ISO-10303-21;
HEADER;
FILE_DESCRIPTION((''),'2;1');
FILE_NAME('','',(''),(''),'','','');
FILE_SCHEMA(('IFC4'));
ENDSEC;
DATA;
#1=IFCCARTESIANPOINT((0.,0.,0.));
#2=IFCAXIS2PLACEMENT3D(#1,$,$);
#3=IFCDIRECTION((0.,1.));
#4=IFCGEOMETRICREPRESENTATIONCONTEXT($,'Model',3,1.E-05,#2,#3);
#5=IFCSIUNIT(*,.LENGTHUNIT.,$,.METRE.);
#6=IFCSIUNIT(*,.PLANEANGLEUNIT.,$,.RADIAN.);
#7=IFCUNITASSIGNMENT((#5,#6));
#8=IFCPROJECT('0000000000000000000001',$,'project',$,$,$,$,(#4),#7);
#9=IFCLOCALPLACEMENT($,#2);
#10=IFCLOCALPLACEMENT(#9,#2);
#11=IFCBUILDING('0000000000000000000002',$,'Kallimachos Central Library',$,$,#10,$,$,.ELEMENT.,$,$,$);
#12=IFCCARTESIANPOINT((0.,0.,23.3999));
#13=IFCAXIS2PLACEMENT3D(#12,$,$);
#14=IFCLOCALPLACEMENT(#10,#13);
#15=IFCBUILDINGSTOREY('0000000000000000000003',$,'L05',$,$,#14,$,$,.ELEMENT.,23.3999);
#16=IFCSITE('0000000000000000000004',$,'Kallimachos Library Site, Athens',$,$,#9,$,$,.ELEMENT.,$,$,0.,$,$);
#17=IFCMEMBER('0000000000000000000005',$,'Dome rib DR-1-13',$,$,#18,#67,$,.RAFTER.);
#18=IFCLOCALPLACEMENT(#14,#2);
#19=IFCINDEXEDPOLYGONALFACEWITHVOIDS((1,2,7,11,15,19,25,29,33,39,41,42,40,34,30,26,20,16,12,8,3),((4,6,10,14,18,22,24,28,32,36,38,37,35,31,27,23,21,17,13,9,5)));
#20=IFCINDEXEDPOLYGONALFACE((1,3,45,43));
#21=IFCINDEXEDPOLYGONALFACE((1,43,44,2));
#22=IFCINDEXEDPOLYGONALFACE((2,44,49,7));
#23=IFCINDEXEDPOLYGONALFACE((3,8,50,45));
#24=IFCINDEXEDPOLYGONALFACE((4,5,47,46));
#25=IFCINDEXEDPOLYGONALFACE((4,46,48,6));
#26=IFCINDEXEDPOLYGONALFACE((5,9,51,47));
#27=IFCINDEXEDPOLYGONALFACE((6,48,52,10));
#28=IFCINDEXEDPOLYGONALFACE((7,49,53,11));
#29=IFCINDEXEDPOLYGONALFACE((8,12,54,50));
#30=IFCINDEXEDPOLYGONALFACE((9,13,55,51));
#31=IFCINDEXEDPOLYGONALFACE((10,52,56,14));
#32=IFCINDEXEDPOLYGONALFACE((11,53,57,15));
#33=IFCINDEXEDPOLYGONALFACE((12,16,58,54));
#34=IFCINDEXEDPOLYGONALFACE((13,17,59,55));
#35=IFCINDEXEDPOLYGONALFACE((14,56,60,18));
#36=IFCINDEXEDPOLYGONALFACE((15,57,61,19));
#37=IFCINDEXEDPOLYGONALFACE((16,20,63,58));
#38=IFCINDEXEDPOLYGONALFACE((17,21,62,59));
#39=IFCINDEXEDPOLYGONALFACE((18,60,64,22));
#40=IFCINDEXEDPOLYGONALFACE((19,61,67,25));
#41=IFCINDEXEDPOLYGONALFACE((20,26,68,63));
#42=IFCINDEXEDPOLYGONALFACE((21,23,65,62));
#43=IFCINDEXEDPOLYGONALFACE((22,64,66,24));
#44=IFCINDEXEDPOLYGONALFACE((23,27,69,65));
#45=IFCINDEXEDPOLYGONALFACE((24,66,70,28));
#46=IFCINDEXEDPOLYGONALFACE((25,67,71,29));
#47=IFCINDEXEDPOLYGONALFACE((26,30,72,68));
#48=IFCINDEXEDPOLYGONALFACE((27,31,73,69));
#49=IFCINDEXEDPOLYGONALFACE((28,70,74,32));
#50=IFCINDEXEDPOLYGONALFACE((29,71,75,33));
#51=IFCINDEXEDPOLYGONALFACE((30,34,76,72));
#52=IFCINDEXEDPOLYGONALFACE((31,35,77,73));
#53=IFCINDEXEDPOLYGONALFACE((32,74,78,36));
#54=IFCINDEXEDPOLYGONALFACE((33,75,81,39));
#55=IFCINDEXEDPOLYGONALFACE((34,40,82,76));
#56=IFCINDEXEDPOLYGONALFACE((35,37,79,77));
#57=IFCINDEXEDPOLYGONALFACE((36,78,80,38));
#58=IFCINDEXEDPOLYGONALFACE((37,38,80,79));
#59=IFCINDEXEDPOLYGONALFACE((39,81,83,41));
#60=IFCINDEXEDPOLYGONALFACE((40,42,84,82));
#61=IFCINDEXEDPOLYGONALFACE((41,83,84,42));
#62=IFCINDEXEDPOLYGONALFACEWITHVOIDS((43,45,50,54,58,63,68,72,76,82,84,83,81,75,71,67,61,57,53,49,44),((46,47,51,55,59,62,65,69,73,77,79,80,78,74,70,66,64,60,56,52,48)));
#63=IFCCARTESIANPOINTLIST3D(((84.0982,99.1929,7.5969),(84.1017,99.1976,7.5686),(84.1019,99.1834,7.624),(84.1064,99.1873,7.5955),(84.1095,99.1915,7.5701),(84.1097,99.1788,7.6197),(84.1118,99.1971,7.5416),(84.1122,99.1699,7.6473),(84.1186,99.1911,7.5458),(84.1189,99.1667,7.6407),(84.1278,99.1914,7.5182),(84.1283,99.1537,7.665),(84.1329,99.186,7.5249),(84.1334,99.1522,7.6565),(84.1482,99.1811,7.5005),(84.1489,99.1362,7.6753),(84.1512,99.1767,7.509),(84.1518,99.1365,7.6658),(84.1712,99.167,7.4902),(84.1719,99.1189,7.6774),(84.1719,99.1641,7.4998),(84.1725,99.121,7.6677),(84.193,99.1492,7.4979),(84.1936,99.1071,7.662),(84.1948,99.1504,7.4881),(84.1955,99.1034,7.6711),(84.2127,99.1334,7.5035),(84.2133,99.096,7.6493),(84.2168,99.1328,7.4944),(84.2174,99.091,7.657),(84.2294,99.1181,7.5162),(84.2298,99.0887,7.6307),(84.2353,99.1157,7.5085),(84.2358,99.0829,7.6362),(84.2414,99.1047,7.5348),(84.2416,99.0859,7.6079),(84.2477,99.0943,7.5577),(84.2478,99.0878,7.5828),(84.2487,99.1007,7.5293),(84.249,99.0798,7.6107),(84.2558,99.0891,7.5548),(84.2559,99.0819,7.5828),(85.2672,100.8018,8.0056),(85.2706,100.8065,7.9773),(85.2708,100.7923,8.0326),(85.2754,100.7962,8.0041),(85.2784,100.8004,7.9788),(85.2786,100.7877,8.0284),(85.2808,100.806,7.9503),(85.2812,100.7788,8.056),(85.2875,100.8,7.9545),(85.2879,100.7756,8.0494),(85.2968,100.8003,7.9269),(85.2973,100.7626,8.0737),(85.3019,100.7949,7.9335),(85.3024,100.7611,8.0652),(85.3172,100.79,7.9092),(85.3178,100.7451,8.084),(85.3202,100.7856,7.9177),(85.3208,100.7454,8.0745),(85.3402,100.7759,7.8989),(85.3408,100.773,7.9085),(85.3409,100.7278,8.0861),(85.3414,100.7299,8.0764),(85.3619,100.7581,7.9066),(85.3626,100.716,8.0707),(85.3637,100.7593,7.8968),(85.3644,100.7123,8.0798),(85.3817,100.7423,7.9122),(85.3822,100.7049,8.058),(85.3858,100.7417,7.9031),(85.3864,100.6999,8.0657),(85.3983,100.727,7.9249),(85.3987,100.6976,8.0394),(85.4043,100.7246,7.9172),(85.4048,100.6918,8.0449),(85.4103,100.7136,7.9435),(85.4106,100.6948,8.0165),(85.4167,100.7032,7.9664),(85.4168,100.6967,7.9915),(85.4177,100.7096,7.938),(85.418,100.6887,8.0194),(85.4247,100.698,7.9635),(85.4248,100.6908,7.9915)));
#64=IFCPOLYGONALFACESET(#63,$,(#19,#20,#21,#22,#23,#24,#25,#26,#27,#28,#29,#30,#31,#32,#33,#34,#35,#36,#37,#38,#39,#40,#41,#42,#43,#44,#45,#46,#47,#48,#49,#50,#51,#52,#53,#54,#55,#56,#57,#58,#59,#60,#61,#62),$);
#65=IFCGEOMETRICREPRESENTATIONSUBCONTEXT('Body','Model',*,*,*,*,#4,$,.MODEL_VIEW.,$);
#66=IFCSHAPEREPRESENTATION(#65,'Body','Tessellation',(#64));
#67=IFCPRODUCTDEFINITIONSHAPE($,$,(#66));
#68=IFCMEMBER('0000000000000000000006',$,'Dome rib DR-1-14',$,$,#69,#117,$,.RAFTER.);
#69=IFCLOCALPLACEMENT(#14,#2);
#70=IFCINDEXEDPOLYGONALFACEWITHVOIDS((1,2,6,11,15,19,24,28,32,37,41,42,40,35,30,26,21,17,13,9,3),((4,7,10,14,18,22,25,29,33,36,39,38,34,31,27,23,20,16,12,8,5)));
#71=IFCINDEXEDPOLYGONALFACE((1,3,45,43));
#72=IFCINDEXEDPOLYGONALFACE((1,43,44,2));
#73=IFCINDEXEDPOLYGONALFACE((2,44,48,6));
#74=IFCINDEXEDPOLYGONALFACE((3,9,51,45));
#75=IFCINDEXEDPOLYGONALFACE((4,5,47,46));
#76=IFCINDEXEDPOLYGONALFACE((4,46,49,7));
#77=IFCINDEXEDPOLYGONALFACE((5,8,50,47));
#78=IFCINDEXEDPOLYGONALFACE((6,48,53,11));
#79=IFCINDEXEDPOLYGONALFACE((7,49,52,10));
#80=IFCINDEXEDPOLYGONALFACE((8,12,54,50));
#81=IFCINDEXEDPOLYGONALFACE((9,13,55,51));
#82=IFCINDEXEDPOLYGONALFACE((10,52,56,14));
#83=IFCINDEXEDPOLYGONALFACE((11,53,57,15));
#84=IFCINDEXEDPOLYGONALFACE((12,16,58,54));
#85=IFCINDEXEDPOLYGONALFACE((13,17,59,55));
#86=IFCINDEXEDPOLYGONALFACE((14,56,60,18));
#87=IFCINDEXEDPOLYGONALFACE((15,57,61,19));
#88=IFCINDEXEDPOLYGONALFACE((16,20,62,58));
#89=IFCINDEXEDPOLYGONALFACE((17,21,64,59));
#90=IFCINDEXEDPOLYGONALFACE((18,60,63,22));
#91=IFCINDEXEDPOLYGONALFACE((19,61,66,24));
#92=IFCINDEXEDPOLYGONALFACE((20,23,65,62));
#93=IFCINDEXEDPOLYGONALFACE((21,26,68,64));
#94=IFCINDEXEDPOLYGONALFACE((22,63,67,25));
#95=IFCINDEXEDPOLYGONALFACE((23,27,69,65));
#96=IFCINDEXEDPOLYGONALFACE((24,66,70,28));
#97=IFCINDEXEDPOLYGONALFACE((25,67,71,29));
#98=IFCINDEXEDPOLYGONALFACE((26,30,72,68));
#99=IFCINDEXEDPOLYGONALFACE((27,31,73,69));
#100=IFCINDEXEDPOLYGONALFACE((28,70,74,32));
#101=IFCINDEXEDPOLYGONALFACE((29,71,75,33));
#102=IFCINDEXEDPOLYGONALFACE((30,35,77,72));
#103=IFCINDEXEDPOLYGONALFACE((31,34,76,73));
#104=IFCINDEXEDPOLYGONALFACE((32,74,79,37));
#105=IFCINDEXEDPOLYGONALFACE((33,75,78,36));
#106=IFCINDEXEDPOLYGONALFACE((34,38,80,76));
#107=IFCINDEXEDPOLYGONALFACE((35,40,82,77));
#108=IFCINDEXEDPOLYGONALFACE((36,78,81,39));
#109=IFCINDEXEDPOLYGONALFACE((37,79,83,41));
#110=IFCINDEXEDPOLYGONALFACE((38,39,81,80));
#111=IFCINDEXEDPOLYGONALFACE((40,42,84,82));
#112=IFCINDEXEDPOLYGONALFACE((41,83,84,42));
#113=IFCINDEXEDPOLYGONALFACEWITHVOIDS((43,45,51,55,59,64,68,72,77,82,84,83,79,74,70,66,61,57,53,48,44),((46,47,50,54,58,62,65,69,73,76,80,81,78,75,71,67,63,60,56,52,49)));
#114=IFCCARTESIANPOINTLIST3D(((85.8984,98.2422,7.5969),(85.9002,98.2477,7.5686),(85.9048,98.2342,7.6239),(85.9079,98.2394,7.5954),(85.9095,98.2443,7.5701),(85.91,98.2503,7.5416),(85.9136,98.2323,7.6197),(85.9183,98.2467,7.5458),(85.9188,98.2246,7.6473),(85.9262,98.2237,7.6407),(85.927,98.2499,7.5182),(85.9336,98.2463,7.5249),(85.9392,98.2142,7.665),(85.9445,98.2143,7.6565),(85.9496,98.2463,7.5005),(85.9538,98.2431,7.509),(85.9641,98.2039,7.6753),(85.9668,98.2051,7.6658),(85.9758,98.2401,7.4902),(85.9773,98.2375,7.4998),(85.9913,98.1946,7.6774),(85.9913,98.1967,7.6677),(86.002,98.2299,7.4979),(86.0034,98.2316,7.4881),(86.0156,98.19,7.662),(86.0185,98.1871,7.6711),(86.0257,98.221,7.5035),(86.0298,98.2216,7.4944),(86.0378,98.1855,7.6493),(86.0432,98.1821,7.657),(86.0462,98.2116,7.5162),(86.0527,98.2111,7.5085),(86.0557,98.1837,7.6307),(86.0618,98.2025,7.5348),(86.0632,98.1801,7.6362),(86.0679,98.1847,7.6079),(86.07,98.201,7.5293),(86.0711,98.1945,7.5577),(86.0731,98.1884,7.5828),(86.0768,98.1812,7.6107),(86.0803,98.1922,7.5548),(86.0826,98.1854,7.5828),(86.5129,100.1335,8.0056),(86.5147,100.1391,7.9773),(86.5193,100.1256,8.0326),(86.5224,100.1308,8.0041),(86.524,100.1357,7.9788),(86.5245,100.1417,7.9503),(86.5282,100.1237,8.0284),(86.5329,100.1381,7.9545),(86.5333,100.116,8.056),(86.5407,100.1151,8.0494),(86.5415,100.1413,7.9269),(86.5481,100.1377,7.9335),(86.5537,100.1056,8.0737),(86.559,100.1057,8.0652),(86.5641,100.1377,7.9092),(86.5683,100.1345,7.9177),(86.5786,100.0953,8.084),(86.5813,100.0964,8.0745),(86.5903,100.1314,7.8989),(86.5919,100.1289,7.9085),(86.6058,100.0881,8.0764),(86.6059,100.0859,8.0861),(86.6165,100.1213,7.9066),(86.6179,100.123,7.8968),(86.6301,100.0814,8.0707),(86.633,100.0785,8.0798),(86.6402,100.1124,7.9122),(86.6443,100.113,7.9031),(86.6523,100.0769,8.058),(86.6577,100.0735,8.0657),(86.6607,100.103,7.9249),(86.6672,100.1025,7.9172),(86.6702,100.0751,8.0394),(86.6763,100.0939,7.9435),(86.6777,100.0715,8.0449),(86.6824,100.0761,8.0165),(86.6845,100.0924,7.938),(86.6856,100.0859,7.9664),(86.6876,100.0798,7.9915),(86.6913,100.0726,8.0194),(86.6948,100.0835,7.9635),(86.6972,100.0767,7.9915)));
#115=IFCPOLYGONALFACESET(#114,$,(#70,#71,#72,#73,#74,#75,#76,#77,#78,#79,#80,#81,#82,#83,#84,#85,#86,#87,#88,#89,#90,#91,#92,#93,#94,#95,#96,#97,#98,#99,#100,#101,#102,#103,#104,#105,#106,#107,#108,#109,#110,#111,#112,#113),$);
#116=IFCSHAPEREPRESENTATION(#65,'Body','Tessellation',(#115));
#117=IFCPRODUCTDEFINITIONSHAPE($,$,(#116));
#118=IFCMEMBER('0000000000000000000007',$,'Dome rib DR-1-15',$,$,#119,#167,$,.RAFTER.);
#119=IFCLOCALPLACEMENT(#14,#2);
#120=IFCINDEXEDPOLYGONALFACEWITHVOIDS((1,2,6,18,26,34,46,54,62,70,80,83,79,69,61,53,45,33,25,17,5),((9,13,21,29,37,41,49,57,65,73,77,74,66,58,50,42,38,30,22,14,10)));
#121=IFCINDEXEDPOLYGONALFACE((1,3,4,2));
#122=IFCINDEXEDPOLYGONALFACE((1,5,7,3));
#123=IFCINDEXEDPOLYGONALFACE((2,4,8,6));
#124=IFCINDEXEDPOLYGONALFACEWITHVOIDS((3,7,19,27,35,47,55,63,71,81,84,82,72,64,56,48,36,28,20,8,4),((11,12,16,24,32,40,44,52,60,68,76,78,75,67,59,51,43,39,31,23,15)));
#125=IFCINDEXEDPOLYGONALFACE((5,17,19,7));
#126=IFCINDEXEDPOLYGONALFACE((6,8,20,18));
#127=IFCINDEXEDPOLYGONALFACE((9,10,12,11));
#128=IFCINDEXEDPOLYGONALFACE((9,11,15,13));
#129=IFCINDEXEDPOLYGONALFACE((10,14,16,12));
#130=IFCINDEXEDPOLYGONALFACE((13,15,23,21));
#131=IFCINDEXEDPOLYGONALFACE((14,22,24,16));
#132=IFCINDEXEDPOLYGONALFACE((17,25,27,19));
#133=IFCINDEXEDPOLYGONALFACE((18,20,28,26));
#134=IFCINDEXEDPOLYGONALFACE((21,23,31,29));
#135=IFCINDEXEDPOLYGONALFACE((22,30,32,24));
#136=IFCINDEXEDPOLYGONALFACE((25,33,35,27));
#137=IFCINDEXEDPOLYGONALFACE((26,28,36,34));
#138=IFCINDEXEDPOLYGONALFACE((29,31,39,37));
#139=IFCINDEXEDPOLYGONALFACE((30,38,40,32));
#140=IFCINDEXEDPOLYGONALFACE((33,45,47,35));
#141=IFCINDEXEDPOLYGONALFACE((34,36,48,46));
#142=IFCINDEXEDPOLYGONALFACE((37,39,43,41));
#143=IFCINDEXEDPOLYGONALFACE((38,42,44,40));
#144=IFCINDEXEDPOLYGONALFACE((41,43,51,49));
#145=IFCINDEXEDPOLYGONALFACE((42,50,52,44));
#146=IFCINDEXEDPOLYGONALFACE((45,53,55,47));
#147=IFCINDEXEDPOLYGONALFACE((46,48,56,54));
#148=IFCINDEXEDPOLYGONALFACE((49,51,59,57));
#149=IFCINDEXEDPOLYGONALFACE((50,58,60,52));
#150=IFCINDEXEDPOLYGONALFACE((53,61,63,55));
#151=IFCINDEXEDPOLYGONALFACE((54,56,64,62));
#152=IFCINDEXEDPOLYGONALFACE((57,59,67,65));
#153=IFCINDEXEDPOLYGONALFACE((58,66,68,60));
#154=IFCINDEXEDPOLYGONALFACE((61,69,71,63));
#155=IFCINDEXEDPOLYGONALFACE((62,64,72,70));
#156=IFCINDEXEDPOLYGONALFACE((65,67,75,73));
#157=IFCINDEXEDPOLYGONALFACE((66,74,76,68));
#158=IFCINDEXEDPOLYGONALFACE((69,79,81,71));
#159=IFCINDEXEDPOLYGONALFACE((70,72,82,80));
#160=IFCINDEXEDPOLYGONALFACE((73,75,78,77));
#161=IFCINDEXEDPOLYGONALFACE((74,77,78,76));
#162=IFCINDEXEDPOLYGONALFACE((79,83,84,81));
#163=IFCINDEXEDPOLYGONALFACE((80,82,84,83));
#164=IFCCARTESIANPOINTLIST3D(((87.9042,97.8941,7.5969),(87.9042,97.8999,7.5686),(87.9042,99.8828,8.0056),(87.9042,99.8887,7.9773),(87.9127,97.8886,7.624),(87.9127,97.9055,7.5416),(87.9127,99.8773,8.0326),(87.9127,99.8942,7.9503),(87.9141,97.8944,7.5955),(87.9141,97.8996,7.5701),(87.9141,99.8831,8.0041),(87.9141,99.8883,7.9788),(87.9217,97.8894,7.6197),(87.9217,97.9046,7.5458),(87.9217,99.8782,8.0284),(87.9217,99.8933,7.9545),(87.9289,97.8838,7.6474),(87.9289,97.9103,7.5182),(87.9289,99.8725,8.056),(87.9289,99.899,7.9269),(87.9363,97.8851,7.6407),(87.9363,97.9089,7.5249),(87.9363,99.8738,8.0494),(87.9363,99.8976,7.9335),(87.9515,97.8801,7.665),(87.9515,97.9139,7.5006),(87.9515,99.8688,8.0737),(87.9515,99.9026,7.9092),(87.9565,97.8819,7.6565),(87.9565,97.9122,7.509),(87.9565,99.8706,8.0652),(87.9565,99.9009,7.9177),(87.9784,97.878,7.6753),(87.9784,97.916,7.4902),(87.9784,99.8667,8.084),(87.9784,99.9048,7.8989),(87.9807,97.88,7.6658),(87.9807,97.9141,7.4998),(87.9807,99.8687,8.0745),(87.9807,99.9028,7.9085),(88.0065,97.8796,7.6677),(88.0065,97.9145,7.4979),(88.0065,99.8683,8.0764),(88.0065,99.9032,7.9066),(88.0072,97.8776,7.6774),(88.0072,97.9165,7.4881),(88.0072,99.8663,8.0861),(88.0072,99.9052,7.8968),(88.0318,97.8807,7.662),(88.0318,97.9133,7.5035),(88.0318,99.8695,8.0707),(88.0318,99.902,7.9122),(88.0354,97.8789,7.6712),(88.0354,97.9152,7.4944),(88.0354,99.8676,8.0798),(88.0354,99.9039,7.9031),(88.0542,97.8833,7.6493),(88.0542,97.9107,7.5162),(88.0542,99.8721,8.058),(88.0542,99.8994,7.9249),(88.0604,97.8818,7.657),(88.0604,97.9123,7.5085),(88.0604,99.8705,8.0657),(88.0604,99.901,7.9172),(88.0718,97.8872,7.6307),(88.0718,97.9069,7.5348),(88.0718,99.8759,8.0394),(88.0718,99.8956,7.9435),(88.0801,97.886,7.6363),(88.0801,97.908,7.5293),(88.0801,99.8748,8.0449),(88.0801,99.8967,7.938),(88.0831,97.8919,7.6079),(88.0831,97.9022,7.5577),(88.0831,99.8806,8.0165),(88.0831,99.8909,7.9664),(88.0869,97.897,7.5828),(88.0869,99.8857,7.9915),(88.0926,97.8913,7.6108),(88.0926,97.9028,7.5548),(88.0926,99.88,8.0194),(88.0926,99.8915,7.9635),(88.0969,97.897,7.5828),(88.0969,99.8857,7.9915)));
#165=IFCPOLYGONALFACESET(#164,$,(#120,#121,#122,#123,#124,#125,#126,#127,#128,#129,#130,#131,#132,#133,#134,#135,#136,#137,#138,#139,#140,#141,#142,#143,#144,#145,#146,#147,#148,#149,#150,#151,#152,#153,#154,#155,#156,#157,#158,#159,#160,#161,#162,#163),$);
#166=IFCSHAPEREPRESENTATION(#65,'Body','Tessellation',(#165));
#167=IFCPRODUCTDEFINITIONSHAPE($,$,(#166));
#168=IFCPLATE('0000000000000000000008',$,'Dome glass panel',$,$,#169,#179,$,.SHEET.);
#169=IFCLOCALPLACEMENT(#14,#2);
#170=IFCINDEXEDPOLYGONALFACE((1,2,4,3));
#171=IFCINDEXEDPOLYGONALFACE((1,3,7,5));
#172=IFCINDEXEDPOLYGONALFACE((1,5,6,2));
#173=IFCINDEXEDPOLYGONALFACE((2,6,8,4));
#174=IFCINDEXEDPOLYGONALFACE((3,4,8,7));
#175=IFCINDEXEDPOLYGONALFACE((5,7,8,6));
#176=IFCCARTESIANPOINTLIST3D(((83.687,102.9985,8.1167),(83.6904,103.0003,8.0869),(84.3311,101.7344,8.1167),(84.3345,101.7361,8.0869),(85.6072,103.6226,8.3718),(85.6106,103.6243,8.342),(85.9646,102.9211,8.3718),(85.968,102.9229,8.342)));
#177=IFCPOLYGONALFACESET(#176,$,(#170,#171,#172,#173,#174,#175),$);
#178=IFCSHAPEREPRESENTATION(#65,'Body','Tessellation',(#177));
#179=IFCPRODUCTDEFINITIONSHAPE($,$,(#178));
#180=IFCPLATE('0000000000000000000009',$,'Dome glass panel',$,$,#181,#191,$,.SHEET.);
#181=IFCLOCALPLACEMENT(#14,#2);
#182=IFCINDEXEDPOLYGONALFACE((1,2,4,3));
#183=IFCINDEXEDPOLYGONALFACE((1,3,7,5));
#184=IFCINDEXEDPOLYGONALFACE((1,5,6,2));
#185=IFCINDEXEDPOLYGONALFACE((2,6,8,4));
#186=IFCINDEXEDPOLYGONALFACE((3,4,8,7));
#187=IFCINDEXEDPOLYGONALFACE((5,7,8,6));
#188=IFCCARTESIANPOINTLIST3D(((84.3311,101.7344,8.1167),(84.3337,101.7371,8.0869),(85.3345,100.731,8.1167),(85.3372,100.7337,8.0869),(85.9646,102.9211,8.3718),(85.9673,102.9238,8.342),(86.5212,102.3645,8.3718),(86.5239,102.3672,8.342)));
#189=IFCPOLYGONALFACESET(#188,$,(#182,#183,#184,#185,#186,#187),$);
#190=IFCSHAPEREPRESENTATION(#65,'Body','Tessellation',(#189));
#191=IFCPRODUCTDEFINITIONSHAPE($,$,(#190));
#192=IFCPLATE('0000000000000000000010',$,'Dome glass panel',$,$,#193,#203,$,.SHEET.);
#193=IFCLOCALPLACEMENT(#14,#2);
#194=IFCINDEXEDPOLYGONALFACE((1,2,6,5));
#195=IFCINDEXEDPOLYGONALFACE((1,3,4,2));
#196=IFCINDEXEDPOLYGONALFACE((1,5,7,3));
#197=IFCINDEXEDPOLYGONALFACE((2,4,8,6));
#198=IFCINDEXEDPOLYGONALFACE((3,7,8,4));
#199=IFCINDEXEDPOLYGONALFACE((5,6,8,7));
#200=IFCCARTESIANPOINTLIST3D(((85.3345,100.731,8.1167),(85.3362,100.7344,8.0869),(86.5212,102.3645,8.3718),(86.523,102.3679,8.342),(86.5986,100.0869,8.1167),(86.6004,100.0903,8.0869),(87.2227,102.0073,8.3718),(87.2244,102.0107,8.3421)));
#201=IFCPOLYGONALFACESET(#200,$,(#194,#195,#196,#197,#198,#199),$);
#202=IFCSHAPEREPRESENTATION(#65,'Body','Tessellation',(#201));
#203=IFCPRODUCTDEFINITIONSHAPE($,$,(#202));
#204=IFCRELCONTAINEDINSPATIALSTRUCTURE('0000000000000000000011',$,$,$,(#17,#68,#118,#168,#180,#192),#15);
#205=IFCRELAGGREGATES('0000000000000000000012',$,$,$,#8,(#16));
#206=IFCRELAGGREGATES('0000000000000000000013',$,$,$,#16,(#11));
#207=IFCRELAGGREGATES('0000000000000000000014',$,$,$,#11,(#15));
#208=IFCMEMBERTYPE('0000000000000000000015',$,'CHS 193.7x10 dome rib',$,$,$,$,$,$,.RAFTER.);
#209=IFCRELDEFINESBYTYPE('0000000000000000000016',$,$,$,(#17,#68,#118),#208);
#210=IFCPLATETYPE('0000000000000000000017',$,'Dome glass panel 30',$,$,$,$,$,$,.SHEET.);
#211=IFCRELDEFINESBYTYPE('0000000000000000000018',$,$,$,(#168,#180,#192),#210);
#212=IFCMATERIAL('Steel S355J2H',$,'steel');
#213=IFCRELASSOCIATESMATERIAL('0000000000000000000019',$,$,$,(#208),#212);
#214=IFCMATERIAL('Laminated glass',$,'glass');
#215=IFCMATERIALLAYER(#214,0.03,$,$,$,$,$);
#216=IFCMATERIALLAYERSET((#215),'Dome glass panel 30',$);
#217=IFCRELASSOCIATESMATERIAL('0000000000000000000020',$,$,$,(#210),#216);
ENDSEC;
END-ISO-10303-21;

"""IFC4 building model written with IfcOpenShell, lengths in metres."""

from ifc_helpers import new_model, si_unit, direction, frame, origin, origin_2d, place, context, subcontext, project, spatial, polyline, hollow_circle, outline, extrude, material, layer, layer_set, material_profile, profile_set, type_object, element, save


model = new_model("IFC4")

# Units and contexts
model_context = context("Model", 3, precision=1e-05, world=origin(), true_north=direction((0.0, 1.0)))
body_context = subcontext(model_context, "Body", "Model", "MODEL_VIEW")
ifc_project = project(units=[si_unit("LENGTHUNIT", "METRE"), si_unit("PLANEANGLEUNIT", "RADIAN")], contexts=[model_context])

# Site, building, storey
site_placement = place(None, origin())
site = spatial("IfcSite", under=ifc_project, at=site_placement, Name="Kallimachos Library Site, Athens", CompositionType="ELEMENT", RefElevation=0.0)
building_placement = place(site_placement, origin())
building = spatial("IfcBuilding", under=site, at=building_placement, Name="Kallimachos Central Library", CompositionType="ELEMENT")
storey_placement = place(building_placement, frame((0.0, 0.0, 23.3999)))
storey = spatial("IfcBuildingStorey", under=building, at=storey_placement, Name="L05", CompositionType="ELEMENT", Elevation=23.3999)

# Members
ifc_material_1 = material(Name="Steel S355J2H", Category="steel")
ifc_material_profile_1 = material_profile(ifc_material_1, hollow_circle(Radius=0.0969, WallThickness=0.01, at=origin_2d()), Name="CHS 193.7x10")
ifc_profile_set_1 = profile_set([ifc_material_profile_1], Name="Steel S355J2H")
member_type_1 = type_object("IfcMemberType", Name="CHS 193.7x10 dome rib", PredefinedType="RAFTER", material=ifc_profile_set_1)
for number, where, z_axis, x_axis, name in (
    (1, (85.3464, 100.7478, 7.9915), (-0.57576, -0.792451, -0.201299), (0.809012, -0.587792, 0.0), "Dome rib DR-1-13"),
    (2, (86.605, 100.1067, 7.9915), (-0.302675, -0.931593, -0.201302), (0.951062, -0.309, 0.0), "Dome rib DR-1-14"),
    (3, (88.0, 99.8857, 7.9915), (0.0, -0.979531, -0.201293), (1.0, 0.0, 0.0), "Dome rib DR-1-15"),
):
    element("IfcMember", number, at=place(storey_placement, frame(where, z_axis=z_axis, x_axis=x_axis)), inside=storey, type_object=member_type_1, Name=name, PredefinedType="RAFTER", context=body_context, shape_type="SweptSolid", body=[
        extrude(hollow_circle(Radius=0.0969, WallThickness=0.01, at=origin_2d()), origin(), (0.0, 0.0, 1.0), 2.0303),
    ])

# Plates
ifc_material_2 = material(Name="Laminated glass", Category="glass")
ifc_layer = layer(ifc_material_2, 0.03)
ifc_layer_set = layer_set([ifc_layer], Name="Dome glass panel 30")
plate_type = type_object("IfcPlateType", Name="Dome glass panel 30", PredefinedType="SHEET", material=ifc_layer_set)
plate_1_placement = place(storey_placement, frame((85.6072, 103.6226, 8.3718), z_axis=(-0.113068, -0.057608, 0.991916), x_axis=(-0.943536, -0.306634, -0.125362)))
element("IfcPlate", 4, at=plate_1_placement, inside=storey, type_object=plate_type, Name="Dome glass panel", PredefinedType="SHEET", context=body_context, shape_type="SweptSolid", body=[
    extrude(outline(polyline([(0.0, 0.0), (2.0351, 0.0), (1.815, 1.4016), (-0.1222, 0.7777), (0.0, 0.0)])), origin(), (0.0, 0.0, -1.0), 0.03),
])
plate_2_placement = place(storey_placement, frame((85.9646, 102.9211, 8.3718), z_axis=(-0.089729, -0.089729, 0.991916), x_axis=(-0.802652, -0.583125, -0.125358)))
element("IfcPlate", 5, at=plate_2_placement, inside=storey, type_object=plate_type, Name="Dome glass panel", PredefinedType="SHEET", context=body_context, shape_type="SweptSolid", body=[
    extrude(outline(polyline([(0.0, 0.0), (2.0352, 0.0), (1.8149, 1.4018), (-0.1222, 0.7777), (0.0, 0.0)])), origin(), (0.0, 0.0, -1.0), 0.03),
])
plate_3_placement = place(storey_placement, frame((86.5212, 102.3645, 8.3718), z_axis=(-0.057594, -0.113068, 0.991917), x_axis=(-0.583126, -0.802653, -0.125352)))
element("IfcPlate", 6, at=plate_3_placement, inside=storey, type_object=plate_type, Name="Dome glass panel", PredefinedType="SHEET", context=body_context, shape_type="SweptSolid", body=[
    extrude(outline(polyline([(0.0, 0.0), (2.0352, 0.0), (1.815, 1.4016), (-0.1223, 0.7776), (0.0, 0.0)])), origin(), (0.0, 0.0, -1.0), 0.03),
])

save(model, "model.ifc")
